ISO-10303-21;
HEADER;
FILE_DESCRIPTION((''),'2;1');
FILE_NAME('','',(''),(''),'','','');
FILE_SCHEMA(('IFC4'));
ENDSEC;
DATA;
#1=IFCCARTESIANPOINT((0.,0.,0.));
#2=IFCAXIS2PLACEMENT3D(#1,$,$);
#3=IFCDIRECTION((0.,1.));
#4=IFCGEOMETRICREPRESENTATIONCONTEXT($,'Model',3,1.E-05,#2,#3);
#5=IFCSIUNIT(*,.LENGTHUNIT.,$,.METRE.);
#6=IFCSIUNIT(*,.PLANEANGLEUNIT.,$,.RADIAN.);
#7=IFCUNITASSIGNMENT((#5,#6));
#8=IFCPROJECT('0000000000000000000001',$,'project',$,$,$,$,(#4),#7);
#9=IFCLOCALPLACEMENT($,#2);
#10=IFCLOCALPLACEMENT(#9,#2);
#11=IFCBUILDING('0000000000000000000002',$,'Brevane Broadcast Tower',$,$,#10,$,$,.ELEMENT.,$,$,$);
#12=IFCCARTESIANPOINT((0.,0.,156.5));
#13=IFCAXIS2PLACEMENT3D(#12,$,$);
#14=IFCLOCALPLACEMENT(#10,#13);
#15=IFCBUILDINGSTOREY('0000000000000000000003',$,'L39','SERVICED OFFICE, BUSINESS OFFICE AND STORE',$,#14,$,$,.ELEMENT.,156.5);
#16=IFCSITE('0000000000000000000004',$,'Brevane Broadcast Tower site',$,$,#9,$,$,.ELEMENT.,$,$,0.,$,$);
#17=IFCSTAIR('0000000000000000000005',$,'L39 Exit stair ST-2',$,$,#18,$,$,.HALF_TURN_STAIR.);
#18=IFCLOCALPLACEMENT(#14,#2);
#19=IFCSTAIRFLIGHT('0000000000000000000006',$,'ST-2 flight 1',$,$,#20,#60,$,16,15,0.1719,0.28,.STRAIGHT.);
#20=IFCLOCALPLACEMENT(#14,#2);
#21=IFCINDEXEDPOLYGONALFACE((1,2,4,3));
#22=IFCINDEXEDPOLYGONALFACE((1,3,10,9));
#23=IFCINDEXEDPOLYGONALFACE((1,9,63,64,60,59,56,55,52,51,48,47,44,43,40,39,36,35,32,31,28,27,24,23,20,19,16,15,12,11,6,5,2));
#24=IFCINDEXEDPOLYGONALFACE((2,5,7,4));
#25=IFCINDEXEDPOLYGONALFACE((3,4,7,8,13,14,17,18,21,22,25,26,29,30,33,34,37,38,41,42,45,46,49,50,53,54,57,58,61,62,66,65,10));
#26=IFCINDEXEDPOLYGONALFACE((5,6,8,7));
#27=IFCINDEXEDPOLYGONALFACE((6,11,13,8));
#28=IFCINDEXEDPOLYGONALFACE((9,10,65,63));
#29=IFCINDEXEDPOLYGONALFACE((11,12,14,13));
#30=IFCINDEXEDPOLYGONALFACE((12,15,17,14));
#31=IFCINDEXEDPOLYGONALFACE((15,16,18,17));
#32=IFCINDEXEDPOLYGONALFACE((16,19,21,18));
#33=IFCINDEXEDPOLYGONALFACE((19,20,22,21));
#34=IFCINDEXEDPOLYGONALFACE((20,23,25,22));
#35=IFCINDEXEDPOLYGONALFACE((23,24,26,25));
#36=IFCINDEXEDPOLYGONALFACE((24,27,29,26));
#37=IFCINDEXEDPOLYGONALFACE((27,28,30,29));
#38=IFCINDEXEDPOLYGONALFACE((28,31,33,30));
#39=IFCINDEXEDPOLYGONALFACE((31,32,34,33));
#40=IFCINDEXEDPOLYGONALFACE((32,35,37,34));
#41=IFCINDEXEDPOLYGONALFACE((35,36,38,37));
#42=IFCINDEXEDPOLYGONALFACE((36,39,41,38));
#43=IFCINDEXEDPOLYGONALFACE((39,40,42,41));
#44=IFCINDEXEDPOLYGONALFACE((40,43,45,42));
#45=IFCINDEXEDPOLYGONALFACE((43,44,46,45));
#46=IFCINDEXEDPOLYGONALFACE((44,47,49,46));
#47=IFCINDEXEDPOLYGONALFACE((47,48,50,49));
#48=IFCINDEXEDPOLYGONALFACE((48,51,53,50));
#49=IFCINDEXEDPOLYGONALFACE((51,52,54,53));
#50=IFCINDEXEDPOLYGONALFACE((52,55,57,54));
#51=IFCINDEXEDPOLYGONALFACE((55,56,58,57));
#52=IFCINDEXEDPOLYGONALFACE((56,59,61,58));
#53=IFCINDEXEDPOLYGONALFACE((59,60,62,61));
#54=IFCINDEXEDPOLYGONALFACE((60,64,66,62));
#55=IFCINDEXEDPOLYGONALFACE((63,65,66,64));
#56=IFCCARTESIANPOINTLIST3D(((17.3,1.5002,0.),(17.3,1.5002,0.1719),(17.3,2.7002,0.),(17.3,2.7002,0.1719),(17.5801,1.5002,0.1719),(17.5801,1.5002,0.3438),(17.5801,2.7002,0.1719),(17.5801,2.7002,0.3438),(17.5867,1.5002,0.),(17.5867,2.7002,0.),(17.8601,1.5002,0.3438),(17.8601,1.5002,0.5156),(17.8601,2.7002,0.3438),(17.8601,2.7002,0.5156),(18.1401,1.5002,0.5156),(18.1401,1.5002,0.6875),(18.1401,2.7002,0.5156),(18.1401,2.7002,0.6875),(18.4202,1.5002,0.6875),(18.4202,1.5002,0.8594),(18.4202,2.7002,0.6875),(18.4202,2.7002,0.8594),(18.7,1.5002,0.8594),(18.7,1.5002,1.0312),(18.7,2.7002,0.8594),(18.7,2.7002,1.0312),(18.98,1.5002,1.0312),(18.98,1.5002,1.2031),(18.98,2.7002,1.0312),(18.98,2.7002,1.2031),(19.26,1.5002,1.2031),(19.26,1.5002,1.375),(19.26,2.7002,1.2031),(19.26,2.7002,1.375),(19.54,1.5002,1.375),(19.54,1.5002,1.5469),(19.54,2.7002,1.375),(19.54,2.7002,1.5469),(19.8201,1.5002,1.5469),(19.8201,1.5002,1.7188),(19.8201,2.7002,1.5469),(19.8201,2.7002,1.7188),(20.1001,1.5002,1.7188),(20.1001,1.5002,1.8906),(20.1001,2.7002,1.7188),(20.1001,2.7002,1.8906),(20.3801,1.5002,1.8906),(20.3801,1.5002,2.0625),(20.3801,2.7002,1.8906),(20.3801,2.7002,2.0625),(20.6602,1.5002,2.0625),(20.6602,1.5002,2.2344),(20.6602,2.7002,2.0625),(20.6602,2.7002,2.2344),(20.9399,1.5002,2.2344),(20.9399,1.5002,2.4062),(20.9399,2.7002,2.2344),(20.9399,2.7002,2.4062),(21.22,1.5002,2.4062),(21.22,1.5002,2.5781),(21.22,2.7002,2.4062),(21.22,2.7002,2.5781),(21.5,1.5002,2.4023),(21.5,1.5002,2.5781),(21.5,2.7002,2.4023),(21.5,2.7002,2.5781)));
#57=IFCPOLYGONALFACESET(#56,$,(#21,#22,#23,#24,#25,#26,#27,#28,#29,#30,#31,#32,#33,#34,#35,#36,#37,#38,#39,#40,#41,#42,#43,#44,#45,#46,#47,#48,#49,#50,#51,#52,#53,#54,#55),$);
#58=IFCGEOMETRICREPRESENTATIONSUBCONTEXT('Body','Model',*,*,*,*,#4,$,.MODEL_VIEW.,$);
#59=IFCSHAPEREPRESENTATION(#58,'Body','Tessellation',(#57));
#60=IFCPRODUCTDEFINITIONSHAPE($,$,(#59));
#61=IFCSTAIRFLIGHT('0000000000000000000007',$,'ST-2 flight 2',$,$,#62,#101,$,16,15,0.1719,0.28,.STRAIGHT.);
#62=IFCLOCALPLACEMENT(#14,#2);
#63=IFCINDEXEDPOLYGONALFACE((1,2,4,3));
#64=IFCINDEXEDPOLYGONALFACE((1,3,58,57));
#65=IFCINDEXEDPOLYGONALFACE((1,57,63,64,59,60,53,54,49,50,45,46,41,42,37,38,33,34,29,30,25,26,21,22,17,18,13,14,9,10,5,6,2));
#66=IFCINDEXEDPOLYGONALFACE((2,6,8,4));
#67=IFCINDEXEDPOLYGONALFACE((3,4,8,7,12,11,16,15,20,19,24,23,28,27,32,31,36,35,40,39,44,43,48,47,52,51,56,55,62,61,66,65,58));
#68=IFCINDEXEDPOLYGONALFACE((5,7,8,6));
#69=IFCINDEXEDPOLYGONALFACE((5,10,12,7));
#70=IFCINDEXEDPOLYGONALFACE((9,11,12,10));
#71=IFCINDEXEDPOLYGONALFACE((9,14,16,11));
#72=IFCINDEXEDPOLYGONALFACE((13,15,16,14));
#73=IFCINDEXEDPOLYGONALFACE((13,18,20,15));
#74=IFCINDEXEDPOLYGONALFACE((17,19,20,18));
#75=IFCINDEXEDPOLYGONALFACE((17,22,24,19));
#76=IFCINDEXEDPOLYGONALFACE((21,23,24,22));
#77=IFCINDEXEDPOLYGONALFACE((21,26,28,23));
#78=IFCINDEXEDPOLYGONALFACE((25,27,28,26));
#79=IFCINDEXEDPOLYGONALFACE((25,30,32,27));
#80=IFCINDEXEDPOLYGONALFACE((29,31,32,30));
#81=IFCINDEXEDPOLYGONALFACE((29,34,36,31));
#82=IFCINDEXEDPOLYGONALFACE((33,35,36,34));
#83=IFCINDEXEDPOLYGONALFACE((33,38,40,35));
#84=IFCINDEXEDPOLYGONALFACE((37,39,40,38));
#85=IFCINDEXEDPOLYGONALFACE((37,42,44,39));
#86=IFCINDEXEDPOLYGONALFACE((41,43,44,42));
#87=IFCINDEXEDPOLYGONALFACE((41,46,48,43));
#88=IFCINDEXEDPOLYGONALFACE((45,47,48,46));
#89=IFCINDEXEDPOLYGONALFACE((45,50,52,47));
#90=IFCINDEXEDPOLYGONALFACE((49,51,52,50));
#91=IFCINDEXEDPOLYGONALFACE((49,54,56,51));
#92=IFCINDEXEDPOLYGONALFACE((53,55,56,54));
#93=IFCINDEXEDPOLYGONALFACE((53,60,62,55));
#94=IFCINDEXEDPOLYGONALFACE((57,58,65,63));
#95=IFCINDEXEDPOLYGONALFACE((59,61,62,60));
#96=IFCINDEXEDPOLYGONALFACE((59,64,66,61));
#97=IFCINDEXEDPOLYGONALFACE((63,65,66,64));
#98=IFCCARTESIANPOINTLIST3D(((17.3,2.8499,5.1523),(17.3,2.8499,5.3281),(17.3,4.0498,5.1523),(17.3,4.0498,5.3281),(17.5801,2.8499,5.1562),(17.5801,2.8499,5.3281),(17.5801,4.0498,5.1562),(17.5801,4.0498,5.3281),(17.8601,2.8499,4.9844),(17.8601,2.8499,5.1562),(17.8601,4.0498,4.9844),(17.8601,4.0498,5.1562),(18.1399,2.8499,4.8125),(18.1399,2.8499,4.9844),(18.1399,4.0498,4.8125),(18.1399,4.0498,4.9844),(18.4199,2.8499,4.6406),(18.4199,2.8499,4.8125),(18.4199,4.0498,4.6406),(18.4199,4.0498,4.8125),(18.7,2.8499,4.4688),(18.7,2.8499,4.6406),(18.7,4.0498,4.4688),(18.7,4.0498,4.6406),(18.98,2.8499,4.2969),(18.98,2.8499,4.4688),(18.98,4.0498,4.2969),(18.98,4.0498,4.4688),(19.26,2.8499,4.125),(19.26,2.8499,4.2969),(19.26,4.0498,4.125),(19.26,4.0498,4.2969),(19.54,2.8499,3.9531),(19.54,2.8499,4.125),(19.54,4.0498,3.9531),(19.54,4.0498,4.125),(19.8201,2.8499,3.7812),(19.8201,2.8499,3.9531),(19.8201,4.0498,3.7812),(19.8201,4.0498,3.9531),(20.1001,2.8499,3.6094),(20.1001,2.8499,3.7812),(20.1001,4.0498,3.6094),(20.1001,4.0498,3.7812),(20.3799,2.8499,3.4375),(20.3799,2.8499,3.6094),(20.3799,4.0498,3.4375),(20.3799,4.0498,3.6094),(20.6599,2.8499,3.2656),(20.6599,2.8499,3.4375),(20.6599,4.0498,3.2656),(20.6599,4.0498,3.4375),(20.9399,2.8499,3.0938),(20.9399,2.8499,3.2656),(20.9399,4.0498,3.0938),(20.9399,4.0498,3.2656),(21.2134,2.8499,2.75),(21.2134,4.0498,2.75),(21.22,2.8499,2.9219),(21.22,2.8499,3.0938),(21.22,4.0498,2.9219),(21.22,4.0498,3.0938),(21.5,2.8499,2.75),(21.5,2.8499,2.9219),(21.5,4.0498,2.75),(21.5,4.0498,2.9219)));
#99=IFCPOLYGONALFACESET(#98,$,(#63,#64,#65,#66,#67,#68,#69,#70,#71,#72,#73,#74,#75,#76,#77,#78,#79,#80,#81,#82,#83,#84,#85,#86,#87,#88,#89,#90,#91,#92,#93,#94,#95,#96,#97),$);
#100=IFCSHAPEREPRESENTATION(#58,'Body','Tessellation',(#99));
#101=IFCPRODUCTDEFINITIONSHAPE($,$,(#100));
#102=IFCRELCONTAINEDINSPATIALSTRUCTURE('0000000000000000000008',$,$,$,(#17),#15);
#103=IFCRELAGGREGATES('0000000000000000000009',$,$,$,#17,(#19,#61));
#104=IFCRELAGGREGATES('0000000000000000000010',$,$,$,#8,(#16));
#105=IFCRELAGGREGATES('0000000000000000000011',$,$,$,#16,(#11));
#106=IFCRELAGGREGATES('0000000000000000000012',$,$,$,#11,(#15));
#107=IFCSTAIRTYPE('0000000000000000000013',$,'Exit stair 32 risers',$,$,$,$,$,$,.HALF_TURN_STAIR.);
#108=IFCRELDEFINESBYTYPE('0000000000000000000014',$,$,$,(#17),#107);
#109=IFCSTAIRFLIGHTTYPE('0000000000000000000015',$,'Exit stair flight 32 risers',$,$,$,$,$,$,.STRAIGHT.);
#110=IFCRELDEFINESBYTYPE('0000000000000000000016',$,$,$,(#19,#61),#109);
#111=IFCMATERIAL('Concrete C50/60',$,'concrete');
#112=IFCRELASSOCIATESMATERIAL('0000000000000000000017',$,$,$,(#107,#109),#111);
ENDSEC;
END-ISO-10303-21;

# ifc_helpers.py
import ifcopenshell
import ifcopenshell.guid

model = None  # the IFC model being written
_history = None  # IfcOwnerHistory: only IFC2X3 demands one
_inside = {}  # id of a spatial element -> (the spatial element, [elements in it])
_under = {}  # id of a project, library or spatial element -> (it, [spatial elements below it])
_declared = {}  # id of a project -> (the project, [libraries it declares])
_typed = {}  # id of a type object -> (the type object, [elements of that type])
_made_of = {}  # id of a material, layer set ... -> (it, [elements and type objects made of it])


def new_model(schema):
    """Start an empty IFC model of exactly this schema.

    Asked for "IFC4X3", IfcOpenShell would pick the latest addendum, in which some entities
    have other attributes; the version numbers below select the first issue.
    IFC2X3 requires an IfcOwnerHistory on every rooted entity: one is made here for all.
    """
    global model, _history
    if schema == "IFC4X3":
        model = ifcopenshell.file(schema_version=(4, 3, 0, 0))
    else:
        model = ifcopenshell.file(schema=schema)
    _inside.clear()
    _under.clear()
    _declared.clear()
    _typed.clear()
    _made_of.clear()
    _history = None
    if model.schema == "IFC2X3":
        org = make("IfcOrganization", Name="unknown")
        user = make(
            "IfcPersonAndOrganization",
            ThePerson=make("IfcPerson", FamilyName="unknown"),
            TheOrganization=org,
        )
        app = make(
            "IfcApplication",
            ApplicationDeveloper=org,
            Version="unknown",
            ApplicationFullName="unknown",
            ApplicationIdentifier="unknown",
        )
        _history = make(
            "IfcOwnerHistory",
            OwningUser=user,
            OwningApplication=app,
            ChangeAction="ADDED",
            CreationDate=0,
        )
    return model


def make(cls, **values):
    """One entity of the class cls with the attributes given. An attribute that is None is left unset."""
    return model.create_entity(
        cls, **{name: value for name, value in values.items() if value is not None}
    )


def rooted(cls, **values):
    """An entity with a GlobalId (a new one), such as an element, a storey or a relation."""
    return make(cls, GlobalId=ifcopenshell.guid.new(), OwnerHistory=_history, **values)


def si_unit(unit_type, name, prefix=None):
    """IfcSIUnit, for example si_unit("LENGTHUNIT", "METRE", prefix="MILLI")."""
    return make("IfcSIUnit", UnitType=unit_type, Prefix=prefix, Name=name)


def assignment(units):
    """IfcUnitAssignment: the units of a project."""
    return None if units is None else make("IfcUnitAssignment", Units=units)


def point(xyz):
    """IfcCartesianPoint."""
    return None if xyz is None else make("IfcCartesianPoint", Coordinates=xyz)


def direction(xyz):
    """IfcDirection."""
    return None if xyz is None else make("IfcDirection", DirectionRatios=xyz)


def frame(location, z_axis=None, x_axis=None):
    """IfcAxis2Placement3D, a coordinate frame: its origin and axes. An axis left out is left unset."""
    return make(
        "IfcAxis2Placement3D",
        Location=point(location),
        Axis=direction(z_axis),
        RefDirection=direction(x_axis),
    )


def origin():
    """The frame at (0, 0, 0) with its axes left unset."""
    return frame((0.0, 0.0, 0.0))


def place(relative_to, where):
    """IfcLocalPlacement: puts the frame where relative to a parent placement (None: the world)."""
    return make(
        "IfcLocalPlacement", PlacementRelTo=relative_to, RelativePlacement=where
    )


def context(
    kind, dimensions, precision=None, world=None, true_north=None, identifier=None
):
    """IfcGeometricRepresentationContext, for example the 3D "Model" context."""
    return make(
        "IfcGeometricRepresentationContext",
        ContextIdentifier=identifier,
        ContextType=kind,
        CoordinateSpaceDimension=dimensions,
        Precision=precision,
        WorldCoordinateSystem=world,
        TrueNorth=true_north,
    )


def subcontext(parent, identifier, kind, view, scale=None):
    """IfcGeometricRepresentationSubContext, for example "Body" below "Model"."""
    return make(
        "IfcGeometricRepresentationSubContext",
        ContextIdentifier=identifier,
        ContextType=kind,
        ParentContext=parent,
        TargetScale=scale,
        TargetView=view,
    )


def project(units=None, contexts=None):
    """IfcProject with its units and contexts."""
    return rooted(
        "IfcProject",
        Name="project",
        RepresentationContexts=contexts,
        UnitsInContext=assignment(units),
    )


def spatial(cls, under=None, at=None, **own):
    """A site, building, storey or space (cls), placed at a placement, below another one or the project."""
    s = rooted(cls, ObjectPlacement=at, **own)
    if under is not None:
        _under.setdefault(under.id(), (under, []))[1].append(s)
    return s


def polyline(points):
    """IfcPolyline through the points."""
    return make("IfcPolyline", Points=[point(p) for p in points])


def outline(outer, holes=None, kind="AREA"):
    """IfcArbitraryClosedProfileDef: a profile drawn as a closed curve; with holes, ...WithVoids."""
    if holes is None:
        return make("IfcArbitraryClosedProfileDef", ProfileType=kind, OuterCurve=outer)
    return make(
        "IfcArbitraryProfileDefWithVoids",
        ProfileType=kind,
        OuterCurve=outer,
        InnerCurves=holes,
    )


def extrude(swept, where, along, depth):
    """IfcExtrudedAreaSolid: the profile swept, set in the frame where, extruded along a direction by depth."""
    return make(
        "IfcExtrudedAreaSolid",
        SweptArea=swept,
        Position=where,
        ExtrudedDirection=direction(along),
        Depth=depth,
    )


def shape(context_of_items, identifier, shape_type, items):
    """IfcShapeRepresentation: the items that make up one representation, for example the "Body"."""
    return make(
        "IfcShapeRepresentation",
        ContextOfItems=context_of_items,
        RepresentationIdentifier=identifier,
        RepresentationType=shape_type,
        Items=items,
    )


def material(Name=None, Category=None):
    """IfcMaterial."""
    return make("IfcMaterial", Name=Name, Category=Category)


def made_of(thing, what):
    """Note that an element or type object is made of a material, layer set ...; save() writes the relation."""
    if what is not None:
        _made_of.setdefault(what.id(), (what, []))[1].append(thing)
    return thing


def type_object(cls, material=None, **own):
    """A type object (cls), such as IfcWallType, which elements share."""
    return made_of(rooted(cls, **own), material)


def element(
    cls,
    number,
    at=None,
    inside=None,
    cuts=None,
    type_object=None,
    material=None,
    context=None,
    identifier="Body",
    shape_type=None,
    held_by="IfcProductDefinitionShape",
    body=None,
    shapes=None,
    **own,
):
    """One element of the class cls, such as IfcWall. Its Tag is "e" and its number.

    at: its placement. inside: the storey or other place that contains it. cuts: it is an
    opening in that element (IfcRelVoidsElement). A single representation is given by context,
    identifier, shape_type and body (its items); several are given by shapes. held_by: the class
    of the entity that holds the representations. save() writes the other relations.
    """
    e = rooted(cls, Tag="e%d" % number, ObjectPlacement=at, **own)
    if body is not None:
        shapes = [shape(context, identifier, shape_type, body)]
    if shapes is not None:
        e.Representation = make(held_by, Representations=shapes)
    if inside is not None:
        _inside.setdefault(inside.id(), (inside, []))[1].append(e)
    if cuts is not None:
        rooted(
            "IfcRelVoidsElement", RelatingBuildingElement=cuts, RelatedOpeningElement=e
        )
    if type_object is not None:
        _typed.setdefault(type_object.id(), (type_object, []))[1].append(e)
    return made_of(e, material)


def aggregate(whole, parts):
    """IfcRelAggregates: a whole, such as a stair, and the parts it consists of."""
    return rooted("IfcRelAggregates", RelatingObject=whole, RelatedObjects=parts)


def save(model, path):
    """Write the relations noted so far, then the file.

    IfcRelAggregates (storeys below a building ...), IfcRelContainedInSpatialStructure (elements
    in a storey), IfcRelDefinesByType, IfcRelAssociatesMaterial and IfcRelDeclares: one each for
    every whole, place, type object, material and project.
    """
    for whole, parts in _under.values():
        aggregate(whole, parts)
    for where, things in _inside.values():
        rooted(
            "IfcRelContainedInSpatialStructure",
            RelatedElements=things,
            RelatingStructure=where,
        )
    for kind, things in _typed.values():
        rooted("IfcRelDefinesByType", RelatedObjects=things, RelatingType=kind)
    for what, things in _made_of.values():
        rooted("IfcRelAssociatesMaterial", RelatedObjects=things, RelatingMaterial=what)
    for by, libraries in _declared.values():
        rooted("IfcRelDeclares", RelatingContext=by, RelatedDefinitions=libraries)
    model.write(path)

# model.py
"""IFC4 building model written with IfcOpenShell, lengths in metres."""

from ifc_helpers import new_model, si_unit, direction, frame, origin, place, context, subcontext, project, spatial, polyline, outline, extrude, material, type_object, element, aggregate, save


model = new_model("IFC4")

# Units and contexts
model_context = context("Model", 3, precision=1e-05, world=origin(), true_north=direction((0.0, 1.0)))
body_context = subcontext(model_context, "Body", "Model", "MODEL_VIEW")
ifc_project = project(units=[si_unit("LENGTHUNIT", "METRE"), si_unit("PLANEANGLEUNIT", "RADIAN")], contexts=[model_context])

# Site, building, storey
site_placement = place(None, origin())
site = spatial("IfcSite", under=ifc_project, at=site_placement, Name="Brevane Broadcast Tower site", CompositionType="ELEMENT", RefElevation=0.0)
building_placement = place(site_placement, origin())
building = spatial("IfcBuilding", under=site, at=building_placement, Name="Brevane Broadcast Tower", CompositionType="ELEMENT")
storey_placement = place(building_placement, frame((0.0, 0.0, 156.5)))
storey = spatial("IfcBuildingStorey", under=building, at=storey_placement, Name="L39", Description="SERVICED OFFICE, BUSINESS OFFICE AND STORE", CompositionType="ELEMENT", Elevation=156.5)

# Stair, stair flights
ifc_material_1 = material(Name="Concrete C50/60", Category="concrete")
stair_type = type_object("IfcStairType", Name="Exit stair 32 risers", PredefinedType="HALF_TURN_STAIR", material=ifc_material_1)
stair_placement = place(storey_placement, origin())
stair = element("IfcStair", 1, at=stair_placement, inside=storey, type_object=stair_type, Name="L39 Exit stair ST-2", PredefinedType="HALF_TURN_STAIR")
stair_flight_type = type_object("IfcStairFlightType", Name="Exit stair flight 32 risers", PredefinedType="STRAIGHT", material=ifc_material_1)
stair_flight_1_placement = place(storey_placement, frame((17.3, 2.1001, 0.0), z_axis=(0.0, 0.0, 1.0), x_axis=(1.0, 0.0, 0.0)))
stair_flight_1 = element("IfcStairFlight", 2, at=stair_flight_1_placement, type_object=stair_flight_type, Name="ST-2 flight 1", NumberOfRisers=16, NumberOfTreads=15, PredefinedType="STRAIGHT", RiserHeight=0.1719, TreadLength=0.28, context=body_context, shape_type="SweptSolid", body=[
    extrude(outline(polyline([(0.0, 0.0), (0.0, 0.1719), (0.28, 0.1719), (0.28, 0.3438), (0.5601, 0.3438), (0.5601, 0.5156), (0.8401, 0.5156), (0.8401, 0.6875), (1.1201, 0.6875), (1.1201, 0.8594), (1.3999, 0.8594), (1.3999, 1.0312), (1.6799, 1.0312), (1.6799, 1.2031), (1.96, 1.2031), (1.96, 1.375), (2.24, 1.375), (2.24, 1.5469), (2.52, 1.5469), (2.52, 1.7188), (2.8, 1.7188), (2.8, 1.8906), (3.0801, 1.8906), (3.0801, 2.0625), (3.3601, 2.0625), (3.3601, 2.2344), (3.6399, 2.2344), (3.6399, 2.4062), (3.9199, 2.4062), (3.9199, 2.5781), (4.2, 2.5781), (4.2, 2.75), (4.2, 2.4023), (0.2866, 0.0), (0.0, 0.0)])), frame((0.0, 0.6001, 0.0), z_axis=(0.0, -1.0, 0.0), x_axis=(1.0, 0.0, 0.0)), (0.0, 0.0, 1.0), 1.2),
])
stair_flight_2_placement = place(storey_placement, frame((21.5, 3.45, 2.75), z_axis=(0.0, 0.0, 1.0), x_axis=(-1.0, 0.0, 0.0)))
stair_flight_2 = element("IfcStairFlight", 3, at=stair_flight_2_placement, type_object=stair_flight_type, Name="ST-2 flight 2", NumberOfRisers=16, NumberOfTreads=15, PredefinedType="STRAIGHT", RiserHeight=0.1719, TreadLength=0.28, context=body_context, shape_type="SweptSolid", body=[
    extrude(outline(polyline([(0.0, 0.0), (0.0, 0.1719), (0.28, 0.1719), (0.28, 0.3438), (0.5601, 0.3438), (0.5601, 0.5156), (0.8401, 0.5156), (0.8401, 0.6875), (1.1201, 0.6875), (1.1201, 0.8594), (1.3999, 0.8594), (1.3999, 1.0312), (1.6799, 1.0312), (1.6799, 1.2031), (1.96, 1.2031), (1.96, 1.375), (2.24, 1.375), (2.24, 1.5469), (2.52, 1.5469), (2.52, 1.7188), (2.8, 1.7188), (2.8, 1.8906), (3.0801, 1.8906), (3.0801, 2.0625), (3.3601, 2.0625), (3.3601, 2.2344), (3.6399, 2.2344), (3.6399, 2.4062), (3.9199, 2.4062), (3.9199, 2.5781), (4.2, 2.5781), (4.2, 2.75), (4.2, 2.4023), (0.2866, 0.0), (0.0, 0.0)])), frame((0.0, 0.6001, 0.0), z_axis=(0.0, -1.0, 0.0), x_axis=(1.0, 0.0, 0.0)), (0.0, 0.0, 1.0), 1.2),
])
aggregate(stair, [stair_flight_1, stair_flight_2])

save(model, "model.ifc")
